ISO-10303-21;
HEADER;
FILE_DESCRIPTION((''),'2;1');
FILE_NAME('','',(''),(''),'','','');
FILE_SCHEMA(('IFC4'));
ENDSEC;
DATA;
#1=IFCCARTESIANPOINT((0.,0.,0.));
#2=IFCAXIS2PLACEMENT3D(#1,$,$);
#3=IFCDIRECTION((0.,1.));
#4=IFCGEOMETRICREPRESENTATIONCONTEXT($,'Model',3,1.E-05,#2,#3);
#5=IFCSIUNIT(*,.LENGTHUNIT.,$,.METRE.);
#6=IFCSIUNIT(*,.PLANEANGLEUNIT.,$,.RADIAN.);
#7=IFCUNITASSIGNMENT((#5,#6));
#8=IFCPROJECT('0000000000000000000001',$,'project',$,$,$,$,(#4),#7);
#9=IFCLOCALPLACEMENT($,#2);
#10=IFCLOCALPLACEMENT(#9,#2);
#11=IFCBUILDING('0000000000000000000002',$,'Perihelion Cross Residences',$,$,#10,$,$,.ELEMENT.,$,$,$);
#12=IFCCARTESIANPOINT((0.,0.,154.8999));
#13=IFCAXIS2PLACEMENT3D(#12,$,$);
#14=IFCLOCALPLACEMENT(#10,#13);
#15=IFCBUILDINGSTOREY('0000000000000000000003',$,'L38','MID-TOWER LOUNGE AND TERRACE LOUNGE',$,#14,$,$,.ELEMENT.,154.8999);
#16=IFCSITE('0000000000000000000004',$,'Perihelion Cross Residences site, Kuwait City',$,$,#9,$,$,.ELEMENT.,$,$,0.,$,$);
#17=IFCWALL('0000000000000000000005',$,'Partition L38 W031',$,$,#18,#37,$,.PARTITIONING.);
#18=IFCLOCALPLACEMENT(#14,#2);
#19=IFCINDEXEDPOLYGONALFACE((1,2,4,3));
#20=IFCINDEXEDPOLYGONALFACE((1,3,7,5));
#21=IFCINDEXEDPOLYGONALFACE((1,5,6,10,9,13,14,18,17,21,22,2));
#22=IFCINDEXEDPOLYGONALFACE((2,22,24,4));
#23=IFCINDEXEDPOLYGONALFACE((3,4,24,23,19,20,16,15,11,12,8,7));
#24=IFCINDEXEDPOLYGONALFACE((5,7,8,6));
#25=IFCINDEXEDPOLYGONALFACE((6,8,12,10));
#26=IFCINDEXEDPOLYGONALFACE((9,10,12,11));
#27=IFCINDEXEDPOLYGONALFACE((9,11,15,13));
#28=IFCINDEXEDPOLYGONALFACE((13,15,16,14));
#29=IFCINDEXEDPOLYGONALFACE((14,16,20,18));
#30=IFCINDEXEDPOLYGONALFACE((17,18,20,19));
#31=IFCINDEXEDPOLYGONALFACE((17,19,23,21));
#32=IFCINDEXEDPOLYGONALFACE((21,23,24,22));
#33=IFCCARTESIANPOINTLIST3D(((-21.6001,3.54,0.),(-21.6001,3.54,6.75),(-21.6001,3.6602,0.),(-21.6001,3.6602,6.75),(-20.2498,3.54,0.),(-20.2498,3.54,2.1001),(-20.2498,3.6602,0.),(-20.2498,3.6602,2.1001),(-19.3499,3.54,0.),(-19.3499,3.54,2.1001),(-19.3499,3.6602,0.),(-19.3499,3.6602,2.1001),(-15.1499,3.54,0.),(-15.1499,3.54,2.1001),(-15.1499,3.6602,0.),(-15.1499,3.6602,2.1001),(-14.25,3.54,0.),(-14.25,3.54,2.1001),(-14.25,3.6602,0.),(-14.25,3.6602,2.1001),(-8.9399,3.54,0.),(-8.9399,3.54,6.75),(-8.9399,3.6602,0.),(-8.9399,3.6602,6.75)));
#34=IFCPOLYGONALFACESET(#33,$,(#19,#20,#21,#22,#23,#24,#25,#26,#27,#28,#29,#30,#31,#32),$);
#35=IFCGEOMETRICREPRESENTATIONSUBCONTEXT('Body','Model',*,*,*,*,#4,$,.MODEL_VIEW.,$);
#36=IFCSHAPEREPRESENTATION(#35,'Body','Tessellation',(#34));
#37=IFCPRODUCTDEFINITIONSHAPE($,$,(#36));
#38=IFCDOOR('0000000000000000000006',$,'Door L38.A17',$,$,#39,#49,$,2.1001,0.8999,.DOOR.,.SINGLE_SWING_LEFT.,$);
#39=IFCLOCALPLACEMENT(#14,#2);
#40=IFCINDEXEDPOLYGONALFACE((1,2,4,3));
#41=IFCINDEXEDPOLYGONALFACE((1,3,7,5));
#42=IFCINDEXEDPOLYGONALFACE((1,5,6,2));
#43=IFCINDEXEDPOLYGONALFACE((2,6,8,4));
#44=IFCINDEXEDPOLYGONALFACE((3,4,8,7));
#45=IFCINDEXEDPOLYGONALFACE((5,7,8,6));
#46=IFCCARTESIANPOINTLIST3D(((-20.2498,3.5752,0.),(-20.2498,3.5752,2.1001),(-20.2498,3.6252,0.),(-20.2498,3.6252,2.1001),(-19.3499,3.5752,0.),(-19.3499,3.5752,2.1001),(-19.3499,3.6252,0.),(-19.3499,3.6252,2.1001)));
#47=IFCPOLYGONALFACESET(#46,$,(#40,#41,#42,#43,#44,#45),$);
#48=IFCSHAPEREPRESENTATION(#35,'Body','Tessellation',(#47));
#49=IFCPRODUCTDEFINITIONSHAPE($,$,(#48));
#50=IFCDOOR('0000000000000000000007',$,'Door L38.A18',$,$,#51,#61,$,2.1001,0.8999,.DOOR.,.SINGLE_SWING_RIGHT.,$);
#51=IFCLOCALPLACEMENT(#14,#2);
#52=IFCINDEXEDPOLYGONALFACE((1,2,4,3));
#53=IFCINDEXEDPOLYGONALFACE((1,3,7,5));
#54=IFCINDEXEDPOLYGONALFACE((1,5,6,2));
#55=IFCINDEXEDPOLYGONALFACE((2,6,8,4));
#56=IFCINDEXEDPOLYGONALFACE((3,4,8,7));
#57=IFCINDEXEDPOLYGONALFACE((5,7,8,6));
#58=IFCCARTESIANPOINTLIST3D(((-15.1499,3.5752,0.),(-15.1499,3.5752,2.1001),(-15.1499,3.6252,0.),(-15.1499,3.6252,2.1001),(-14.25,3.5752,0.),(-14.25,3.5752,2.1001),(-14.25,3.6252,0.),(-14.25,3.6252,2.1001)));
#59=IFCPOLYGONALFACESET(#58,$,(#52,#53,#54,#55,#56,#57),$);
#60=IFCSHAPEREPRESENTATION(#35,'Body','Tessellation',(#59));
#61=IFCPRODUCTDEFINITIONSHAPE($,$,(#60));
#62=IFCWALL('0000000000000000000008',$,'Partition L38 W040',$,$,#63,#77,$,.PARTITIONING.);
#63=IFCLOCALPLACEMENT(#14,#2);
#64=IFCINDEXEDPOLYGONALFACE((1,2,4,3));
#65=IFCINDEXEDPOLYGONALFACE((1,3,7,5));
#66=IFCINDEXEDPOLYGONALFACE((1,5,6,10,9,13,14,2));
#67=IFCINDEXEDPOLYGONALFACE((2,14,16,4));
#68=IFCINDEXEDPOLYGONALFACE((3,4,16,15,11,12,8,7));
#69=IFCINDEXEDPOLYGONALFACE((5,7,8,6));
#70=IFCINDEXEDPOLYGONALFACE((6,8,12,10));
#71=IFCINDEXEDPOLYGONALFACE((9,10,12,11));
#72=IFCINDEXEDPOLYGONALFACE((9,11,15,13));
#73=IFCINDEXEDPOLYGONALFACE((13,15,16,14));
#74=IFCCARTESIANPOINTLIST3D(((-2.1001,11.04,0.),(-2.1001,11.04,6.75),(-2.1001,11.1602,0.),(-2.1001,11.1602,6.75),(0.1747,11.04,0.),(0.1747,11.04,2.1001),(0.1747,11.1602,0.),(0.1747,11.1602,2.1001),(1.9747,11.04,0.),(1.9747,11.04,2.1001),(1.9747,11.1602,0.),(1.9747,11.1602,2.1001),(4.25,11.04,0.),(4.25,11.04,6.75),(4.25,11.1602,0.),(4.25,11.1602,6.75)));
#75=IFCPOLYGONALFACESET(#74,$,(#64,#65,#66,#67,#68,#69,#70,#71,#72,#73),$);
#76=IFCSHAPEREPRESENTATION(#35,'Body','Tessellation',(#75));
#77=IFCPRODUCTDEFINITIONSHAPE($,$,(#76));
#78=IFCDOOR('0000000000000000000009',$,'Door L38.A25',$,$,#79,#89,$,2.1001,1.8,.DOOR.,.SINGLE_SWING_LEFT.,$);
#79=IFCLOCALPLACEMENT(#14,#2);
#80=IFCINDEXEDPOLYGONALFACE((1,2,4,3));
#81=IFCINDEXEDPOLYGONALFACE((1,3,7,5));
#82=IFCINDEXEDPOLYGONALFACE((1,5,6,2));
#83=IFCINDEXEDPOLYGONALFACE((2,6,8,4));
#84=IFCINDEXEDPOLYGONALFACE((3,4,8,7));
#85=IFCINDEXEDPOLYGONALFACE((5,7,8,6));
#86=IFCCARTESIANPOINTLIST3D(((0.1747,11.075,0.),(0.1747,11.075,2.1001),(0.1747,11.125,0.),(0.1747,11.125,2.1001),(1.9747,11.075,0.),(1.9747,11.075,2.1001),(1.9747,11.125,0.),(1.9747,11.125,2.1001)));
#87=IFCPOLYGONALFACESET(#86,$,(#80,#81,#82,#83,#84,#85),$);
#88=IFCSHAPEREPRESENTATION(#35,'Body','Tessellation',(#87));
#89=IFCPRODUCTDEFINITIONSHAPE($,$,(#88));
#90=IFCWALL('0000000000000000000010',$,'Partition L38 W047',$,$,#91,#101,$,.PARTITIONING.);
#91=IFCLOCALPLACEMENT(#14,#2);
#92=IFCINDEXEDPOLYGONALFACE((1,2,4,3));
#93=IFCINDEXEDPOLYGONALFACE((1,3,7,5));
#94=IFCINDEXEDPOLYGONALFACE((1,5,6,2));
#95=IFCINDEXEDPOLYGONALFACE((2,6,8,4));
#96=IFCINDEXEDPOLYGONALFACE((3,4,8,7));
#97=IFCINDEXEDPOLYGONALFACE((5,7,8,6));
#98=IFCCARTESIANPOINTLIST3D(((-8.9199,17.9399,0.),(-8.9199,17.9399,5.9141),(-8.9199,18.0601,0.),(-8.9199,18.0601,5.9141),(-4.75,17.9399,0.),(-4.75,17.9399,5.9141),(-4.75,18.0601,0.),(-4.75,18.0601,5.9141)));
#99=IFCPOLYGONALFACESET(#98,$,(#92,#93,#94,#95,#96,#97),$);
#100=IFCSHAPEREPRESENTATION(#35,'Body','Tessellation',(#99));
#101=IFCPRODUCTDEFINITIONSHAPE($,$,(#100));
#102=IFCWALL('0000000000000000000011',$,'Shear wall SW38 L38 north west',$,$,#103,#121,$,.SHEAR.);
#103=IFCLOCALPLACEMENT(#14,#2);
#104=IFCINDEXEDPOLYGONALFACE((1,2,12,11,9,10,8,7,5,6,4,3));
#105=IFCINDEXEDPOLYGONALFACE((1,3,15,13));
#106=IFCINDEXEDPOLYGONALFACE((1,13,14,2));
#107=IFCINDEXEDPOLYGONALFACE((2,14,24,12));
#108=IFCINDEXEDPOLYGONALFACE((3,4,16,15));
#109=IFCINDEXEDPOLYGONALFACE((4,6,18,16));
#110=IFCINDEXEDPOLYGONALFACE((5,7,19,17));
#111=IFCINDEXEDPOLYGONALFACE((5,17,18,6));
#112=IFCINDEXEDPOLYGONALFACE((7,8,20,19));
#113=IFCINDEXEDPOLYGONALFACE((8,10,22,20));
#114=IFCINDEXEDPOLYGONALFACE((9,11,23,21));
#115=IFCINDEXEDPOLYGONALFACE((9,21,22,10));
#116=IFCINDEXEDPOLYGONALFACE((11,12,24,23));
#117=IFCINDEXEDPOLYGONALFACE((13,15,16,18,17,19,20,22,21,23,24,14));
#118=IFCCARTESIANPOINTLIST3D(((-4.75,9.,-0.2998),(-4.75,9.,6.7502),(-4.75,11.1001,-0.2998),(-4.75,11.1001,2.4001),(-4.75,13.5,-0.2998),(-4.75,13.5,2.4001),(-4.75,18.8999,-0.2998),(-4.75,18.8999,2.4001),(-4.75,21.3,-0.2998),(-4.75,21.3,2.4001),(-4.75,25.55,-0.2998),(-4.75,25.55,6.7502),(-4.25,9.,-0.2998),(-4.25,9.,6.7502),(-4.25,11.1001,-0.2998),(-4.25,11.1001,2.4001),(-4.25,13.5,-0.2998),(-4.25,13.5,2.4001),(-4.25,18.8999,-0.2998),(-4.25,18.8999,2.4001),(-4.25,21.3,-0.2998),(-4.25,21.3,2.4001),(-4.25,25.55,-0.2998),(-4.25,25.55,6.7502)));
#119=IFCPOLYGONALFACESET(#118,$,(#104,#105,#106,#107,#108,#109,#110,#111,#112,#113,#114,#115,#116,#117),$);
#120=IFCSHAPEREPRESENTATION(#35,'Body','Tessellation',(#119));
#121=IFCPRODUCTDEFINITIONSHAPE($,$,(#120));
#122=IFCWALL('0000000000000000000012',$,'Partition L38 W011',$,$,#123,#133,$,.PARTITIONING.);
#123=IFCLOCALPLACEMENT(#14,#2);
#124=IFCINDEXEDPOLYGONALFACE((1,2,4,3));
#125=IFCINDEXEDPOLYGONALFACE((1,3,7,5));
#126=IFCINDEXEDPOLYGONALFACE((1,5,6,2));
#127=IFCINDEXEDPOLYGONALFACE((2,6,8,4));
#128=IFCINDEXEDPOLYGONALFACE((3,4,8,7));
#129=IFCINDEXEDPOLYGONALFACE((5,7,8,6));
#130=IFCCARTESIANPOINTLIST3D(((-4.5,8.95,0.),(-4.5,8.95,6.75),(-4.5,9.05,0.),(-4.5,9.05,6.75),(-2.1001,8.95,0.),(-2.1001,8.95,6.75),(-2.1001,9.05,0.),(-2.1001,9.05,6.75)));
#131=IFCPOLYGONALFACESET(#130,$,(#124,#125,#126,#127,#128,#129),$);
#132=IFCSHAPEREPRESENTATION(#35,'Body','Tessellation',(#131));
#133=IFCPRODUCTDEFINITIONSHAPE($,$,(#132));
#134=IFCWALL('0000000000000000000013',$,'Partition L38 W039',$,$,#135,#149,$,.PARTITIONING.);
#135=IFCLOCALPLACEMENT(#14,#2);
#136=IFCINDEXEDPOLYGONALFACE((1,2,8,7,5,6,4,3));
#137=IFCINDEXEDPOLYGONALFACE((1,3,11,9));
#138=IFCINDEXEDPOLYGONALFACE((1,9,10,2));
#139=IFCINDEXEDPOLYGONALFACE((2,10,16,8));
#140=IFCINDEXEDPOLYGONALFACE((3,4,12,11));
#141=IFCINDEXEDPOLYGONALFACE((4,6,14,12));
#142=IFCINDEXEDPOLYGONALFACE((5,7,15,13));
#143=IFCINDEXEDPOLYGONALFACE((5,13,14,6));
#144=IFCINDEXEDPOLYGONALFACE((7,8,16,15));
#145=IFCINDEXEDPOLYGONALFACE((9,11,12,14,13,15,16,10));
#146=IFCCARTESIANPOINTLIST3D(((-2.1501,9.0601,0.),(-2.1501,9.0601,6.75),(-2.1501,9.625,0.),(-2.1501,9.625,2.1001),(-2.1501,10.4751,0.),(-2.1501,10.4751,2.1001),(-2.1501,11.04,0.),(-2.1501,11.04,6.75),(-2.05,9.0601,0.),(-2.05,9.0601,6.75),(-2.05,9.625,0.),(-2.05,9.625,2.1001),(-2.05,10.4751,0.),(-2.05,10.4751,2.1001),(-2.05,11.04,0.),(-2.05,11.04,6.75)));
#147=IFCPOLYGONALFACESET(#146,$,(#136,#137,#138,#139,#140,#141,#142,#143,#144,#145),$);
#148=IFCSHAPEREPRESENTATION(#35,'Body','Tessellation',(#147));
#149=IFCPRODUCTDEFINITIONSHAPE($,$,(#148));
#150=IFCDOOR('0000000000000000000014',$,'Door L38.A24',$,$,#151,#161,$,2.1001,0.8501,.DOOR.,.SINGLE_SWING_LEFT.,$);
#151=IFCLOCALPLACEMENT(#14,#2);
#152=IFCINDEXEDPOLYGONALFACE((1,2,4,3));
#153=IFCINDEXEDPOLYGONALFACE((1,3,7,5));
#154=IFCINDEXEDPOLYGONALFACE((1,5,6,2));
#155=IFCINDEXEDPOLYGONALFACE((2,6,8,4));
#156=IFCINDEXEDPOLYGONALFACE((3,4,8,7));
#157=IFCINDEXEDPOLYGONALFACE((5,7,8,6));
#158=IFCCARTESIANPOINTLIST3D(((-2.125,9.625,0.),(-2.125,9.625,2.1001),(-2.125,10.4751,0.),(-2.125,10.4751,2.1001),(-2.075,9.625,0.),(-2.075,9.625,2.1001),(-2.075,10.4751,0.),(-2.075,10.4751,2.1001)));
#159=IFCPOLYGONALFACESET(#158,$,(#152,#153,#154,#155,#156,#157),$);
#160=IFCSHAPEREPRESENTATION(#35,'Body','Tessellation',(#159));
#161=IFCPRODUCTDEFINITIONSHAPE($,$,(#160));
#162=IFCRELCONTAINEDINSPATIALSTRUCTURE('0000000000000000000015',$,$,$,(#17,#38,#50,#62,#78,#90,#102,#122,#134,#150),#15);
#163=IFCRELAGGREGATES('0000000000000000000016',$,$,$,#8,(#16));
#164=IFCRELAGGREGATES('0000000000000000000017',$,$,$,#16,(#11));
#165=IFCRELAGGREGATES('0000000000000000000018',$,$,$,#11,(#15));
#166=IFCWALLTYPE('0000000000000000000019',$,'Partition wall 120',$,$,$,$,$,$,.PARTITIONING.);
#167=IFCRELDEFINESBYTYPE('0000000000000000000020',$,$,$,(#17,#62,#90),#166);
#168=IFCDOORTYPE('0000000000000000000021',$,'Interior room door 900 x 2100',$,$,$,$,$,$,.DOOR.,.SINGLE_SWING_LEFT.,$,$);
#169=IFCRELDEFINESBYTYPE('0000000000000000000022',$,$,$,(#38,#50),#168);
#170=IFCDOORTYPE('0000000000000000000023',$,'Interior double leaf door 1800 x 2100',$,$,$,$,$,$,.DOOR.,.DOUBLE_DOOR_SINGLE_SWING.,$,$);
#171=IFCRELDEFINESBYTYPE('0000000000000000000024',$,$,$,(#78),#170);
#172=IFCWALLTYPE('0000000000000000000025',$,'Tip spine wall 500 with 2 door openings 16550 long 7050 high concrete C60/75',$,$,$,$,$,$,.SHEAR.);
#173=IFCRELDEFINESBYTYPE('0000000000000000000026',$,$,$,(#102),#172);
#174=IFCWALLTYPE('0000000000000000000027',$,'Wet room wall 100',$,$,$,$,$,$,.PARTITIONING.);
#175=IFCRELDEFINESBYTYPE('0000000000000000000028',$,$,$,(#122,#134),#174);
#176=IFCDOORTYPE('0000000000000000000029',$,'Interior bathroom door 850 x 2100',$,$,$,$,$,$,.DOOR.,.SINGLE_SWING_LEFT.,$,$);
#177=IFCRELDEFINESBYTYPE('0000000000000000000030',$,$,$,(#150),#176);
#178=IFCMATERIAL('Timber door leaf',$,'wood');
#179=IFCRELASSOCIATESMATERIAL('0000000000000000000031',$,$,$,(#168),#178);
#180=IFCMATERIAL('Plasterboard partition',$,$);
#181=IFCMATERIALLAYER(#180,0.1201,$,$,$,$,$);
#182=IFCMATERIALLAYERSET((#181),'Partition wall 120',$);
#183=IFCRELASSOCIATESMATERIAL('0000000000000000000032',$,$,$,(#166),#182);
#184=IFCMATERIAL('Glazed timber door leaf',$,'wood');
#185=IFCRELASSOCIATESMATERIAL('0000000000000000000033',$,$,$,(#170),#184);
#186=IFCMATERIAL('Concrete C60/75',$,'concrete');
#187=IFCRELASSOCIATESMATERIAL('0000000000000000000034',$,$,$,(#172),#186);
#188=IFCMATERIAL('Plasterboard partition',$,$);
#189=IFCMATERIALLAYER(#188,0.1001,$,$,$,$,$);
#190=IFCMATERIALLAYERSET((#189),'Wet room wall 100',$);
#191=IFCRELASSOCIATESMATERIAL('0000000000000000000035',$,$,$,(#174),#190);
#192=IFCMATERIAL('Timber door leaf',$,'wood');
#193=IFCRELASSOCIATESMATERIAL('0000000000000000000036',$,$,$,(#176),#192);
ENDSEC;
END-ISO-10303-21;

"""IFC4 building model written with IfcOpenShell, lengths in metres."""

from ifc_helpers import new_model, si_unit, direction, frame, frame_2d, origin, place, context, subcontext, project, spatial, polyline, rectangle, outline, extrude, material, layer, layer_set, material_profile, profile_set, type_object, element, fill, save


model = new_model("IFC4")

# Units and contexts
model_context = context("Model", 3, precision=1e-05, world=origin(), true_north=direction((0.0, 1.0)))
body_context = subcontext(model_context, "Body", "Model", "MODEL_VIEW")
ifc_project = project(units=[si_unit("LENGTHUNIT", "METRE"), si_unit("PLANEANGLEUNIT", "RADIAN")], contexts=[model_context])

# Site, building, storey
site_placement = place(None, origin())
site = spatial("IfcSite", under=ifc_project, at=site_placement, Name="Perihelion Cross Residences site, Kuwait City", CompositionType="ELEMENT", RefElevation=0.0)
building_placement = place(site_placement, origin())
building = spatial("IfcBuilding", under=site, at=building_placement, Name="Perihelion Cross Residences", CompositionType="ELEMENT")
storey_placement = place(building_placement, frame((0.0, 0.0, 154.8999)))
storey = spatial("IfcBuildingStorey", under=building, at=storey_placement, Name="L38", Description="MID-TOWER LOUNGE AND TERRACE LOUNGE", CompositionType="ELEMENT", Elevation=154.8999)

# Shared definitions
ifc_material_1 = material(Name="Timber door leaf", Category="wood")
door_type_1 = type_object("IfcDoorType", Name="Interior room door 900 x 2100", OperationType="SINGLE_SWING_LEFT", PredefinedType="DOOR", material=ifc_material_1)

# Shared definitions
ifc_material_2 = material(Name="Plasterboard partition")
ifc_layer_1 = layer(ifc_material_2, 0.1201)
ifc_layer_set_1 = layer_set([ifc_layer_1], Name="Partition wall 120")
wall_type_1 = type_object("IfcWallType", Name="Partition wall 120", PredefinedType="PARTITIONING", material=ifc_layer_set_1)

# Shared definitions
ifc_material_3 = material(Name="Glazed timber door leaf", Category="wood")
door_type_2 = type_object("IfcDoorType", Name="Interior double leaf door 1800 x 2100", OperationType="DOUBLE_DOOR_SINGLE_SWING", PredefinedType="DOOR", material=ifc_material_3)

# Wall, openings, doors
wall_1_placement = place(storey_placement, frame((-8.9399, 3.6001, 0.0), z_axis=(0.0, 0.0, 1.0), x_axis=(-1.0, 0.0, 0.0)))
wall_1 = element("IfcWall", 1, at=wall_1_placement, inside=storey, type_object=wall_type_1, Name="Partition L38 W031", PredefinedType="PARTITIONING", context=body_context, shape_type="SweptSolid", body=[
    extrude(rectangle(XDim=12.6602, YDim=0.1201, at=frame_2d((6.3301, 0.0))), origin(), (0.0, 0.0, 1.0), 6.75),
])
opening_1_placement = place(wall_1_placement, frame((10.4099, 0.0, 0.0)))
opening_1 = element("IfcOpeningElement", 2, at=opening_1_placement, cuts=wall_1, PredefinedType="OPENING", context=body_context, shape_type="SweptSolid", body=[
    extrude(rectangle(XDim=0.8999, YDim=2.1001, at=frame_2d((0.45, 1.05))), frame((0.0, 0.0701, 0.0), z_axis=(0.0, -1.0, 0.0), x_axis=(1.0, 0.0, 0.0)), (0.0, 0.0, 1.0), 0.1401),
])
opening_2_placement = place(wall_1_placement, frame((5.3101, 0.0, 0.0)))
opening_2 = element("IfcOpeningElement", 3, at=opening_2_placement, cuts=wall_1, PredefinedType="OPENING", context=body_context, shape_type="SweptSolid", body=[
    extrude(rectangle(XDim=0.8999, YDim=2.1001, at=frame_2d((0.45, 1.05))), frame((0.0, 0.0701, 0.0), z_axis=(0.0, -1.0, 0.0), x_axis=(1.0, 0.0, 0.0)), (0.0, 0.0, 1.0), 0.1401),
])
door_1_placement = place(opening_1_placement, origin())
door_1 = element("IfcDoor", 4, at=door_1_placement, inside=storey, type_object=door_type_1, Name="Door L38.A17", OperationType="SINGLE_SWING_LEFT", OverallHeight=2.1001, OverallWidth=0.8999, PredefinedType="DOOR", context=body_context, shape_type="SweptSolid", body=[
    extrude(rectangle(XDim=0.8999, YDim=2.1001, at=frame_2d((0.45, 1.05))), frame((0.0, 0.0249, 0.0), z_axis=(0.0, -1.0, 0.0), x_axis=(1.0, 0.0, 0.0)), (0.0, 0.0, 1.0), 0.05),
])
fill(opening_1, door_1)
door_2_placement = place(opening_2_placement, origin())
door_2 = element("IfcDoor", 5, at=door_2_placement, inside=storey, type_object=door_type_1, Name="Door L38.A18", OperationType="SINGLE_SWING_RIGHT", OverallHeight=2.1001, OverallWidth=0.8999, PredefinedType="DOOR", context=body_context, shape_type="SweptSolid", body=[
    extrude(rectangle(XDim=0.8999, YDim=2.1001, at=frame_2d((0.45, 1.05))), frame((0.0, 0.0249, 0.0), z_axis=(0.0, -1.0, 0.0), x_axis=(1.0, 0.0, 0.0)), (0.0, 0.0, 1.0), 0.05),
])
fill(opening_2, door_2)

# Wall, opening, door
wall_2_placement = place(storey_placement, frame((-2.1001, 11.1001, 0.0), z_axis=(0.0, 0.0, 1.0), x_axis=(1.0, 0.0, 0.0)))
wall_2 = element("IfcWall", 6, at=wall_2_placement, inside=storey, type_object=wall_type_1, Name="Partition L38 W040", PredefinedType="PARTITIONING", context=body_context, shape_type="SweptSolid", body=[
    extrude(rectangle(XDim=6.3501, YDim=0.1201, at=frame_2d((3.175, 0.0))), origin(), (0.0, 0.0, 1.0), 6.75),
])
opening_3_placement = place(wall_2_placement, frame((2.2749, 0.0, 0.0)))
opening_3 = element("IfcOpeningElement", 7, at=opening_3_placement, cuts=wall_2, PredefinedType="OPENING", context=body_context, shape_type="SweptSolid", body=[
    extrude(rectangle(XDim=1.8, YDim=2.1001, at=frame_2d((0.8999, 1.05))), frame((0.0, 0.0701, 0.0), z_axis=(0.0, -1.0, 0.0), x_axis=(1.0, 0.0, 0.0)), (0.0, 0.0, 1.0), 0.1401),
])
door_3_placement = place(opening_3_placement, origin())
door_3 = element("IfcDoor", 8, at=door_3_placement, inside=storey, type_object=door_type_2, Name="Door L38.A25", OperationType="SINGLE_SWING_LEFT", OverallHeight=2.1001, OverallWidth=1.8, PredefinedType="DOOR", context=body_context, shape_type="SweptSolid", body=[
    extrude(rectangle(XDim=1.8, YDim=2.1001, at=frame_2d((0.8999, 1.05))), frame((0.0, 0.0249, 0.0), z_axis=(0.0, -1.0, 0.0), x_axis=(1.0, 0.0, 0.0)), (0.0, 0.0, 1.0), 0.05),
])
fill(opening_3, door_3)

# Walls
wall_3_placement = place(storey_placement, frame((-8.9199, 18.0, 0.0), z_axis=(0.0, 0.0, 1.0), x_axis=(1.0, 0.0, 0.0)))
element("IfcWall", 9, at=wall_3_placement, inside=storey, type_object=wall_type_1, Name="Partition L38 W047", PredefinedType="PARTITIONING", context=body_context, shape_type="SweptSolid", body=[
    extrude(rectangle(XDim=4.1699, YDim=0.1201, at=frame_2d((2.085, 0.0))), origin(), (0.0, 0.0, 1.0), 5.9141),
])
ifc_material_4 = material(Name="Concrete C60/75", Category="concrete")
ifc_material_profile_1 = material_profile(ifc_material_4, outline(polyline([(0.0, 0.0), (2.1001, 0.0), (2.1001, 2.7), (4.5, 2.7), (4.5, 0.0), (9.8999, 0.0), (9.8999, 2.7), (12.3, 2.7), (12.3, 0.0), (16.55, 0.0), (16.55, 7.05), (0.0, 7.05), (0.0, 0.0)])), Name="Tip spine wall")
ifc_profile_set_1 = profile_set([ifc_material_profile_1], Name="Concrete C60/75")
wall_type_2 = type_object("IfcWallType", Name="Tip spine wall 500 with 2 door openings 16550 long 7050 high concrete C60/75", PredefinedType="SHEAR", material=ifc_profile_set_1)
wall_4_placement = place(storey_placement, frame((-4.75, 9.0, -0.2998), z_axis=(1.0, 0.0, 0.0), x_axis=(0.0, 1.0, 0.0)))
element("IfcWall", 10, at=wall_4_placement, inside=storey, type_object=wall_type_2, Name="Shear wall SW38 L38 north west", PredefinedType="SHEAR", context=body_context, shape_type="SweptSolid", body=[
    extrude(outline(polyline([(0.0, 0.0), (2.1001, 0.0), (2.1001, 2.7), (4.5, 2.7), (4.5, 0.0), (9.8999, 0.0), (9.8999, 2.7), (12.3, 2.7), (12.3, 0.0), (16.55, 0.0), (16.55, 7.05), (0.0, 7.05), (0.0, 0.0)])), origin(), (0.0, 0.0, 1.0), 0.5),
])
ifc_material_5 = material(Name="Plasterboard partition")
ifc_layer_2 = layer(ifc_material_5, 0.1001)
ifc_layer_set_2 = layer_set([ifc_layer_2], Name="Wet room wall 100")
wall_type_3 = type_object("IfcWallType", Name="Wet room wall 100", PredefinedType="PARTITIONING", material=ifc_layer_set_2)
wall_5_placement = place(storey_placement, frame((-4.5, 9.0, 0.0), z_axis=(0.0, 0.0, 1.0), x_axis=(1.0, 0.0, 0.0)))
element("IfcWall", 11, at=wall_5_placement, inside=storey, type_object=wall_type_3, Name="Partition L38 W011", PredefinedType="PARTITIONING", context=body_context, shape_type="SweptSolid", body=[
    extrude(rectangle(XDim=2.3999, YDim=0.1001, at=frame_2d((1.2, 0.0))), origin(), (0.0, 0.0, 1.0), 6.75),
])

# Wall, opening, door
wall_6_placement = place(storey_placement, frame((-2.1001, 9.0601, 0.0), z_axis=(0.0, 0.0, 1.0), x_axis=(0.0, 1.0, 0.0)))
wall_6 = element("IfcWall", 12, at=wall_6_placement, inside=storey, type_object=wall_type_3, Name="Partition L38 W039", PredefinedType="PARTITIONING", context=body_context, shape_type="SweptSolid", body=[
    extrude(rectangle(XDim=1.98, YDim=0.1001, at=frame_2d((0.99, 0.0))), origin(), (0.0, 0.0, 1.0), 6.75),
])
opening_4_placement = place(wall_6_placement, frame((0.5649, 0.0, 0.0)))
opening_4 = element("IfcOpeningElement", 13, at=opening_4_placement, cuts=wall_6, PredefinedType="OPENING", context=body_context, shape_type="SweptSolid", body=[
    extrude(rectangle(XDim=0.8501, YDim=2.1001, at=frame_2d((0.425, 1.05))), frame((0.0, 0.0601, 0.0), z_axis=(0.0, -1.0, 0.0), x_axis=(1.0, 0.0, 0.0)), (0.0, 0.0, 1.0), 0.1201),
])
ifc_material_6 = material(Name="Timber door leaf", Category="wood")
door_type_3 = type_object("IfcDoorType", Name="Interior bathroom door 850 x 2100", OperationType="SINGLE_SWING_LEFT", PredefinedType="DOOR", material=ifc_material_6)
door_4_placement = place(opening_4_placement, origin())
door_4 = element("IfcDoor", 14, at=door_4_placement, inside=storey, type_object=door_type_3, Name="Door L38.A24", OperationType="SINGLE_SWING_LEFT", OverallHeight=2.1001, OverallWidth=0.8501, PredefinedType="DOOR", context=body_context, shape_type="SweptSolid", body=[
    extrude(rectangle(XDim=0.8501, YDim=2.1001, at=frame_2d((0.425, 1.05))), frame((0.0, 0.0249, 0.0), z_axis=(0.0, -1.0, 0.0), x_axis=(1.0, 0.0, 0.0)), (0.0, 0.0, 1.0), 0.05),
])
fill(opening_4, door_4)

save(model, "model.ifc")
